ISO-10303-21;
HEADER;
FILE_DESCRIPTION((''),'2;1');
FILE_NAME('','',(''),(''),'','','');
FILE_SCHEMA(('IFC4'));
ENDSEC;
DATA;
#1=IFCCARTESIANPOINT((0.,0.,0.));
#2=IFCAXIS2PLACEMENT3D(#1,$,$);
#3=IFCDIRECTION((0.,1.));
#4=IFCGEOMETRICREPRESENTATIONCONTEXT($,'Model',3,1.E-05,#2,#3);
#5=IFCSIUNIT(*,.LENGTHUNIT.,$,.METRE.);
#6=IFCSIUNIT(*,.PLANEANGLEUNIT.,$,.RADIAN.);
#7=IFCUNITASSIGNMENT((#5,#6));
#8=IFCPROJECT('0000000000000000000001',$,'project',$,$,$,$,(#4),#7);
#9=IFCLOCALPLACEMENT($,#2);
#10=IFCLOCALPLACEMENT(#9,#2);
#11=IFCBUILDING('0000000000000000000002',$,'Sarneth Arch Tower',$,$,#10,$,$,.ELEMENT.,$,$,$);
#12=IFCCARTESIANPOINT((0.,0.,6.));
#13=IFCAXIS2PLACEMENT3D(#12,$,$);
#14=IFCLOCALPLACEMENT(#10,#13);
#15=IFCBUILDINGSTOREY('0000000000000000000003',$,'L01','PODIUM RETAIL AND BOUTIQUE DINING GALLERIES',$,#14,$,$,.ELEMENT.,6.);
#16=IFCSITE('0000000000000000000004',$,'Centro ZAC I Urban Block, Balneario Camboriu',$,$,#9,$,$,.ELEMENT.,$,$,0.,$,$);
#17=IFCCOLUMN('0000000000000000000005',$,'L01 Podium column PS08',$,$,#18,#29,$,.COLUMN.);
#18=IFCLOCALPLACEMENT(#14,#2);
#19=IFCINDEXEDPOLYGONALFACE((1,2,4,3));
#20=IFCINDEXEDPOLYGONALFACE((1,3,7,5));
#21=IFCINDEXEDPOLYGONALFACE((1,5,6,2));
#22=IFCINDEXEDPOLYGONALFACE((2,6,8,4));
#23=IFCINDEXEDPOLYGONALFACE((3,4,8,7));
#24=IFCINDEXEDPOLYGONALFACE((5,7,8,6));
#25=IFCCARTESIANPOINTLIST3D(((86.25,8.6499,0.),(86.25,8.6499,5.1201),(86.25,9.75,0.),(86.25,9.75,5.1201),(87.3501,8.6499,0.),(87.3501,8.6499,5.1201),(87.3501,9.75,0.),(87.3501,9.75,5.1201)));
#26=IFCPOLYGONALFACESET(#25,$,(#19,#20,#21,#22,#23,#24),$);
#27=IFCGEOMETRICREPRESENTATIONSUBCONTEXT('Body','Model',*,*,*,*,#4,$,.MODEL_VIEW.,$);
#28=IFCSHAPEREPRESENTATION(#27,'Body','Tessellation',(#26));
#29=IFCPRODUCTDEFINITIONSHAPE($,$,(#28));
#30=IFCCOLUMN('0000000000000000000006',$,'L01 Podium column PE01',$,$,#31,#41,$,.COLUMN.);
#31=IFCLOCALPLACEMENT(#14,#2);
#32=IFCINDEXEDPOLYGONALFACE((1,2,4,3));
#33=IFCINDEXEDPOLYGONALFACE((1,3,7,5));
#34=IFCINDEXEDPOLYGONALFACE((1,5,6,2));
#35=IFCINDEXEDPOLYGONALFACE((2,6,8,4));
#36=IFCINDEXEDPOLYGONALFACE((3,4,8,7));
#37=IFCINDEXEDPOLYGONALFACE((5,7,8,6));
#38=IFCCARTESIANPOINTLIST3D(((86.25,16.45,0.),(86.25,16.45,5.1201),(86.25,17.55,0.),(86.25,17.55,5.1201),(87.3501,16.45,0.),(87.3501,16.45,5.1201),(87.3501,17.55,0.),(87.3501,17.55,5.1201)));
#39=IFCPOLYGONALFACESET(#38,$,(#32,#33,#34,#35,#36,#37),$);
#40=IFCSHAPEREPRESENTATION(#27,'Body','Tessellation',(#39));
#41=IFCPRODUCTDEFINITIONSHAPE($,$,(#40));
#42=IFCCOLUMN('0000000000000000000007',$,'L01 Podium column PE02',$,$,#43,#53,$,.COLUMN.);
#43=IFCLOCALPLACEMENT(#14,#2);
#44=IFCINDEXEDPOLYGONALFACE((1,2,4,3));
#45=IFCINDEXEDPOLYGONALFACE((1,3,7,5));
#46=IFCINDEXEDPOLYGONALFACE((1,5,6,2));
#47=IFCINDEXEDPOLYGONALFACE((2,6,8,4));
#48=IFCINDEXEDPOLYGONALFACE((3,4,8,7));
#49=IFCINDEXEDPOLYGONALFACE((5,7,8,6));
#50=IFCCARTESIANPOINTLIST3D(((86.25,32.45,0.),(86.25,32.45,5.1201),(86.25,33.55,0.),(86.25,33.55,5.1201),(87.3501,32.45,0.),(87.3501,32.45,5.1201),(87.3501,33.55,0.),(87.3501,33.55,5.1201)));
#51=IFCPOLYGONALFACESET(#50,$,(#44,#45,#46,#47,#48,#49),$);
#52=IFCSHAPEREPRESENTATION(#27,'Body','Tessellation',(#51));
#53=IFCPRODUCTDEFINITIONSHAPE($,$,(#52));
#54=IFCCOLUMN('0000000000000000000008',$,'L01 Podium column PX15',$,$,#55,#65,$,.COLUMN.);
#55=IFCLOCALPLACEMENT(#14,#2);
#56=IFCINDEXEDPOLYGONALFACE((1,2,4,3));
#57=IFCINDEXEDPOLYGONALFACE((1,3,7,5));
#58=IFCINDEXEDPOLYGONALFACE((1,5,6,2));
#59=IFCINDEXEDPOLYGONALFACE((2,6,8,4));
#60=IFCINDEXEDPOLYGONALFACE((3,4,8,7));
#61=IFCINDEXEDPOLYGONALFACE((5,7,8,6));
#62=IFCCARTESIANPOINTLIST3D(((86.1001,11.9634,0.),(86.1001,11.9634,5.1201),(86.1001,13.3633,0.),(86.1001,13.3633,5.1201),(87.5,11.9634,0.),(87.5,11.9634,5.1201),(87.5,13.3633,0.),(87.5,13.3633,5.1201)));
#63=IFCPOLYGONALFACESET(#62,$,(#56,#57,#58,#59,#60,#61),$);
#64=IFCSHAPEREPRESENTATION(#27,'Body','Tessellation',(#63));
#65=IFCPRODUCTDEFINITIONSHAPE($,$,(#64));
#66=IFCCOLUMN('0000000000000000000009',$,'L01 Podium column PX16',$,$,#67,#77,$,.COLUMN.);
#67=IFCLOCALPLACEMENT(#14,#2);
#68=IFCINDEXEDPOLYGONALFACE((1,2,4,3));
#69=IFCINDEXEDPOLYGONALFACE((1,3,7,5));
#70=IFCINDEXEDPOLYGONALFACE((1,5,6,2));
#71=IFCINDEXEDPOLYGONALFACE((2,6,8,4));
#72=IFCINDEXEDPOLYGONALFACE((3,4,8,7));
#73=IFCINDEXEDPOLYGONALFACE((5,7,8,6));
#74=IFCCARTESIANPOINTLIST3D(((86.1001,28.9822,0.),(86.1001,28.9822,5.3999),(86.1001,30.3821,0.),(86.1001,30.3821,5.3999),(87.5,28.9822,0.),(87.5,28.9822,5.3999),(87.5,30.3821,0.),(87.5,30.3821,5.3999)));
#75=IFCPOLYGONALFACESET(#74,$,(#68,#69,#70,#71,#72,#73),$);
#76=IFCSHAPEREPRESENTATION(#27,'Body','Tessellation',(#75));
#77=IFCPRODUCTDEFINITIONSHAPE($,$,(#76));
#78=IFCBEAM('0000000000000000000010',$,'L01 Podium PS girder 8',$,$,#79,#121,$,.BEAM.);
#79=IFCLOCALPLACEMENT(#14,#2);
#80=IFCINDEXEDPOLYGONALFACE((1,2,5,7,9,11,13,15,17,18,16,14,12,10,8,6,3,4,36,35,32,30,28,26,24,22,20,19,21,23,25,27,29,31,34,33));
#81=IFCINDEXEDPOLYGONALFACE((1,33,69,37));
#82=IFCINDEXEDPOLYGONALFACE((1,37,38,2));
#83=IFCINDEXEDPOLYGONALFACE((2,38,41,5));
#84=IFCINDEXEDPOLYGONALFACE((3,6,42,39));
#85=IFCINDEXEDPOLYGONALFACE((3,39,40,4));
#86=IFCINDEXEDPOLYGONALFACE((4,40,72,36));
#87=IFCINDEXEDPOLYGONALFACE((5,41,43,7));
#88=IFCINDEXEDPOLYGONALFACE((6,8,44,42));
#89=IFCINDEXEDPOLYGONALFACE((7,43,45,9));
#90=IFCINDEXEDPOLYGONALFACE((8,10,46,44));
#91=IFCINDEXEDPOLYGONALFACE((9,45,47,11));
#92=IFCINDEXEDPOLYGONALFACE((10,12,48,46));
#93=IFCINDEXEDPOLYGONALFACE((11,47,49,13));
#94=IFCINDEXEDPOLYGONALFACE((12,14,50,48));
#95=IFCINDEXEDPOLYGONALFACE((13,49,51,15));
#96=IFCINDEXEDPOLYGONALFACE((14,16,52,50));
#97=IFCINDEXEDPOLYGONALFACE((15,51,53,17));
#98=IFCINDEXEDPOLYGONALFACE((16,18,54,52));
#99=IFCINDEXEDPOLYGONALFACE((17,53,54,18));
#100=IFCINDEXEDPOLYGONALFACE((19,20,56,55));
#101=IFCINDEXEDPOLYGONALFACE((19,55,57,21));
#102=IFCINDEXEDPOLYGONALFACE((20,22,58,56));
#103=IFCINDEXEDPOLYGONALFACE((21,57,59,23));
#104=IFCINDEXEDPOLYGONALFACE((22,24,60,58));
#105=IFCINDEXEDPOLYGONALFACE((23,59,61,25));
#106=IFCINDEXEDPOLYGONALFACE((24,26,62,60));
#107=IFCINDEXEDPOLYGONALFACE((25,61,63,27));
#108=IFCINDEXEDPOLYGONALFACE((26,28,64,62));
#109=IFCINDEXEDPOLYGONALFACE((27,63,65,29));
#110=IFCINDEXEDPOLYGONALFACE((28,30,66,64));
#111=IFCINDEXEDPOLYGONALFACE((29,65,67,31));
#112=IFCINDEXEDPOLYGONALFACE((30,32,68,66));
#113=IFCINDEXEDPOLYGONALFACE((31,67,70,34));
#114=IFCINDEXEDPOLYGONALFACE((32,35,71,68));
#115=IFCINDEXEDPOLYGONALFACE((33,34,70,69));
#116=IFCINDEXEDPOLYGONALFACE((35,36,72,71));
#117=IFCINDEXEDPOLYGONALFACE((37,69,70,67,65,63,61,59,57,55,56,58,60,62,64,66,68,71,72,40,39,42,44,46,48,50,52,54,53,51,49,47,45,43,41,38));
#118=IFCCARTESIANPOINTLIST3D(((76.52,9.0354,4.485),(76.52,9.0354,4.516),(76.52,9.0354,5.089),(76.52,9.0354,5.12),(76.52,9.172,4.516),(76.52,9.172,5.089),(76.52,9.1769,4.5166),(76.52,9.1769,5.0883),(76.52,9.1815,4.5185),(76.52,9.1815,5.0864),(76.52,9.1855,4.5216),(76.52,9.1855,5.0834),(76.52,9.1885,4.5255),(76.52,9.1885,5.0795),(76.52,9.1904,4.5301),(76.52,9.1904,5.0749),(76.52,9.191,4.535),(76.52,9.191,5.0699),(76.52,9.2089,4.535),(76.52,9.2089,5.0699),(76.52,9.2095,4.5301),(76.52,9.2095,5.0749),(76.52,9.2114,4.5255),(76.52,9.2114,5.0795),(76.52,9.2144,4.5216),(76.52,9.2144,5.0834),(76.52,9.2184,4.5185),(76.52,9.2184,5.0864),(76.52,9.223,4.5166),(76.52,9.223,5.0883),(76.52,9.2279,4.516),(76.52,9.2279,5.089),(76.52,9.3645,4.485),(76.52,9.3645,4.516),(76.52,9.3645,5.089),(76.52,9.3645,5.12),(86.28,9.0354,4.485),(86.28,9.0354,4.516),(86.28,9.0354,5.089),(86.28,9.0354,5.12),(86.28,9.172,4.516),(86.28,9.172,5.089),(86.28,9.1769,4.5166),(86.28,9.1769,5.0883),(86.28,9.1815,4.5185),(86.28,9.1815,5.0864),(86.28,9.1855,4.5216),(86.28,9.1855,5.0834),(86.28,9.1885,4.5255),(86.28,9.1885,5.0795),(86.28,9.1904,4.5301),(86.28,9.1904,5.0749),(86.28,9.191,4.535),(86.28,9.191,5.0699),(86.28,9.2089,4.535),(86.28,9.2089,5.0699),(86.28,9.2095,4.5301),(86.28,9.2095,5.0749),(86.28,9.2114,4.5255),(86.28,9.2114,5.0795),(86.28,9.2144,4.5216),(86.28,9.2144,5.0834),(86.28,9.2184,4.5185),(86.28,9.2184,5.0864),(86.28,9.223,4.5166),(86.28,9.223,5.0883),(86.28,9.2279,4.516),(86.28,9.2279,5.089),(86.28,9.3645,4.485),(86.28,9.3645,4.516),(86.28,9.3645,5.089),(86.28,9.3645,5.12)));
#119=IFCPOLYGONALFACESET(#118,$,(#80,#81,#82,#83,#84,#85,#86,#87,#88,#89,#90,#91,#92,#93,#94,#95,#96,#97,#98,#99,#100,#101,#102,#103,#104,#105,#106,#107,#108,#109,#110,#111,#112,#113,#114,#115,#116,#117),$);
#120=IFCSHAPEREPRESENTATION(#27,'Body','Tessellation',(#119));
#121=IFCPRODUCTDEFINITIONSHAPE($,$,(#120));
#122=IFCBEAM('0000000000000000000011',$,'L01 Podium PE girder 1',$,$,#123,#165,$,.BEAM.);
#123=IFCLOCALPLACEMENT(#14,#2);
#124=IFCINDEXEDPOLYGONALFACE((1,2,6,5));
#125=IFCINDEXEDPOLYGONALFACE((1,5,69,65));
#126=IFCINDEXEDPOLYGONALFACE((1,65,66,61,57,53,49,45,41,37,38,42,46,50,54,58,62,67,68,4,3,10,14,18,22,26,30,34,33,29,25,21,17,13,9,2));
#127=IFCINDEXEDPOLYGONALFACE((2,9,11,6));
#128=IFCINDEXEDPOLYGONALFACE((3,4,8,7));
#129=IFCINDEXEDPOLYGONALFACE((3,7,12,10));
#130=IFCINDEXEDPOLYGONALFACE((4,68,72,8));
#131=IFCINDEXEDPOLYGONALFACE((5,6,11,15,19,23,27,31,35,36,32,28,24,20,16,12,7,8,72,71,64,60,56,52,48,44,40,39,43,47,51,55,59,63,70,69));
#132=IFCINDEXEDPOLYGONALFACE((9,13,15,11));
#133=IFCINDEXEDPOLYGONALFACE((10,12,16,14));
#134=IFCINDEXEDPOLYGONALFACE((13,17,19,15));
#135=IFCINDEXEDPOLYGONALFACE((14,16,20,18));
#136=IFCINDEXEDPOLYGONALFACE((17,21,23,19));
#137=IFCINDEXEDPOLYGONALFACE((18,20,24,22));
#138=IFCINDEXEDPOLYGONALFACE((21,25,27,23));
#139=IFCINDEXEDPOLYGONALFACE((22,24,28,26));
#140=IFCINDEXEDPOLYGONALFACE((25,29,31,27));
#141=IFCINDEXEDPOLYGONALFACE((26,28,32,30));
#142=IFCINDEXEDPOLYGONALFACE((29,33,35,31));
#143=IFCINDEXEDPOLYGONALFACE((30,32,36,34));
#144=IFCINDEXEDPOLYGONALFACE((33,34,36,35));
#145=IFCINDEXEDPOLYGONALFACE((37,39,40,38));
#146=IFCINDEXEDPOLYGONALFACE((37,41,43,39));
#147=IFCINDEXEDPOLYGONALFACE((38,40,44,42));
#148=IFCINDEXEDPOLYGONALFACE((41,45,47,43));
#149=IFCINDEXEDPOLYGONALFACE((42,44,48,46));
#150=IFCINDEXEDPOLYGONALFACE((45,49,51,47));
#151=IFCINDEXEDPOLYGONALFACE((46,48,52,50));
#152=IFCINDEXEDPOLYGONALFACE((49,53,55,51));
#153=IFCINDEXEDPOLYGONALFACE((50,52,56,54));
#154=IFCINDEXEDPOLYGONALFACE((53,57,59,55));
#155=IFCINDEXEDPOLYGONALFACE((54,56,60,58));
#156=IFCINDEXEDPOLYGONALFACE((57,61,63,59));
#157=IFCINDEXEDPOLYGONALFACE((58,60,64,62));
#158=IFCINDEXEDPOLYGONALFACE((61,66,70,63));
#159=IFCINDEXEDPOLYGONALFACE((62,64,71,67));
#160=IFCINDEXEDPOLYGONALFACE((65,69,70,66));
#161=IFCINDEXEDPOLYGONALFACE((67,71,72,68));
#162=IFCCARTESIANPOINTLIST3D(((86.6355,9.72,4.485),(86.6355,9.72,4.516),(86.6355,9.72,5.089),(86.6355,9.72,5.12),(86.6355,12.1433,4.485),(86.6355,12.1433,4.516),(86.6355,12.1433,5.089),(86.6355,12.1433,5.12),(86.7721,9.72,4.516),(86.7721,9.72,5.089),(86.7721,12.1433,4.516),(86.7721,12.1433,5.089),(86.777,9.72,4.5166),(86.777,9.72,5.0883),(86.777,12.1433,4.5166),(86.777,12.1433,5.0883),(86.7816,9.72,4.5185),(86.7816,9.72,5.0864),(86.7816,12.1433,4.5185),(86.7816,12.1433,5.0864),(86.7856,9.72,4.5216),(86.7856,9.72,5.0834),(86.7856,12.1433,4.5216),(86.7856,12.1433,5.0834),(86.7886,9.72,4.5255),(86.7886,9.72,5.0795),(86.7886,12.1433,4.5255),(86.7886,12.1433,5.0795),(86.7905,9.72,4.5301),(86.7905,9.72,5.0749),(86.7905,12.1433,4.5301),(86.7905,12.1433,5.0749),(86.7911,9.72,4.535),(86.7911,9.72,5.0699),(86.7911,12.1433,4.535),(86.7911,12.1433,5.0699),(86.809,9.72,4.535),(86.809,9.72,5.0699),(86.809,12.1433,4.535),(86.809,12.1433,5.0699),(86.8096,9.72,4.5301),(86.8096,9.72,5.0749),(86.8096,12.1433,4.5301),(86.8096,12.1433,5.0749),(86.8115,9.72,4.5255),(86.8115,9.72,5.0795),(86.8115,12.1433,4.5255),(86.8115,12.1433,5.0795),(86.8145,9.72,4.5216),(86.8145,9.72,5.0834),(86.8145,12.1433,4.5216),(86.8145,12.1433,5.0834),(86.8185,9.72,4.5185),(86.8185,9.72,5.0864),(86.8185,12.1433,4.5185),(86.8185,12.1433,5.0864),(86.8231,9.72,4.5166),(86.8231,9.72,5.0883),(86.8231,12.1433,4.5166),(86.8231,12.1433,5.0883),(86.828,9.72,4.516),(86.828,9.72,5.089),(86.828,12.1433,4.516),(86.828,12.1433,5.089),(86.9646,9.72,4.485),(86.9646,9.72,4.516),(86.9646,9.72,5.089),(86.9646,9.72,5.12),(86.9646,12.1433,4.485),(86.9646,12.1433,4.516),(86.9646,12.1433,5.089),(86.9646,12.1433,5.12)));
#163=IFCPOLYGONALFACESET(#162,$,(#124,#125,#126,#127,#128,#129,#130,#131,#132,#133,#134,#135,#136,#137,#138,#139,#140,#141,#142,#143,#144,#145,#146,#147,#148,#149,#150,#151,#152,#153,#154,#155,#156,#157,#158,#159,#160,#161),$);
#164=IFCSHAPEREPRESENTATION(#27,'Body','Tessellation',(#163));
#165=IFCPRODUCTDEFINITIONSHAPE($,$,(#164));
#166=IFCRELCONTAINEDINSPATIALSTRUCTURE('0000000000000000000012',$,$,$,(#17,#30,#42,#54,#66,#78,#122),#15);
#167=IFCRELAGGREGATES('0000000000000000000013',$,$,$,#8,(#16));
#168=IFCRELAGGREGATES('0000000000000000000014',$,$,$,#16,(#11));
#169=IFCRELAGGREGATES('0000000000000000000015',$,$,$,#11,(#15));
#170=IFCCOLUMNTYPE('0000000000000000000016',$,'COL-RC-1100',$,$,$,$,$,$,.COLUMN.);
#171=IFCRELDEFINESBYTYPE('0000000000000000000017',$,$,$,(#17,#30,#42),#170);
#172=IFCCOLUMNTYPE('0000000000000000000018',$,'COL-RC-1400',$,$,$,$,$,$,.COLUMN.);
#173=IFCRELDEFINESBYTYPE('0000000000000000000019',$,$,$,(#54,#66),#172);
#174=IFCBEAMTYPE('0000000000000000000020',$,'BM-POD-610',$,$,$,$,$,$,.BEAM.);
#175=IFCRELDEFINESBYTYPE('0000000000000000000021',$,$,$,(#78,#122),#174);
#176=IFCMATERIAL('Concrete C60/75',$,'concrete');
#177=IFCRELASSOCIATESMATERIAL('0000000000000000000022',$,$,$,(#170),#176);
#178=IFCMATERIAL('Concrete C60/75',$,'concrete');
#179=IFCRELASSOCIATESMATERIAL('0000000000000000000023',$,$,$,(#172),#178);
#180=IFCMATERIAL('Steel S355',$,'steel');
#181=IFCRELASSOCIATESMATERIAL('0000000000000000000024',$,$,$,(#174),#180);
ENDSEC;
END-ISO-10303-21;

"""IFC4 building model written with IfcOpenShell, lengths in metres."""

from ifc_helpers import new_model, si_unit, direction, frame, origin, origin_2d, place, context, subcontext, project, spatial, rectangle, i_section, extrude, material, material_profile, profile_set, type_object, element, save


model = new_model("IFC4")

# Units and contexts
model_context = context("Model", 3, precision=1e-05, world=origin(), true_north=direction((0.0, 1.0)))
body_context = subcontext(model_context, "Body", "Model", "MODEL_VIEW")
ifc_project = project(units=[si_unit("LENGTHUNIT", "METRE"), si_unit("PLANEANGLEUNIT", "RADIAN")], contexts=[model_context])

# Site, building, storey
site_placement = place(None, origin())
site = spatial("IfcSite", under=ifc_project, at=site_placement, Name="Centro ZAC I Urban Block, Balneario Camboriu", CompositionType="ELEMENT", RefElevation=0.0)
building_placement = place(site_placement, origin())
building = spatial("IfcBuilding", under=site, at=building_placement, Name="Sarneth Arch Tower", CompositionType="ELEMENT")
storey_placement = place(building_placement, frame((0.0, 0.0, 6.0)))
storey = spatial("IfcBuildingStorey", under=building, at=storey_placement, Name="L01", Description="PODIUM RETAIL AND BOUTIQUE DINING GALLERIES", CompositionType="ELEMENT", Elevation=6.0)

# Columns
ifc_material_1 = material(Name="Concrete C60/75", Category="concrete")
ifc_material_profile_1 = material_profile(ifc_material_1, rectangle(XDim=1.1001, YDim=1.1001, at=origin_2d()), Name="RC-1100x1100")
ifc_profile_set_1 = profile_set([ifc_material_profile_1], Name="Concrete C60/75")
column_type_1 = type_object("IfcColumnType", Name="COL-RC-1100", PredefinedType="COLUMN", material=ifc_profile_set_1)
for number, where, z_axis, x_axis, name in (
    (1, (86.8, 9.2, 0.0), (0.0, 0.0, 1.0), (1.0, 0.0, 0.0), "L01 Podium column PS08"),
    (2, (86.8, 17.0, 0.0), (0.0, 0.0, 1.0), (1.0, 0.0, 0.0), "L01 Podium column PE01"),
    (3, (86.8, 33.0, 0.0), (0.0, 0.0, 1.0), (1.0, 0.0, 0.0), "L01 Podium column PE02"),
):
    element("IfcColumn", number, at=place(storey_placement, frame(where, z_axis=z_axis, x_axis=x_axis)), inside=storey, type_object=column_type_1, Name=name, PredefinedType="COLUMN", context=body_context, shape_type="SweptSolid", body=[
        extrude(rectangle(XDim=1.1001, YDim=1.1001, at=origin_2d()), origin(), (0.0, 0.0, 1.0), 5.1201),
    ])
ifc_material_2 = material(Name="Concrete C60/75", Category="concrete")
ifc_material_profile_2 = material_profile(ifc_material_2, rectangle(XDim=1.3999, YDim=1.3999, at=origin_2d()), Name="RC-1400x1400")
ifc_profile_set_2 = profile_set([ifc_material_profile_2], Name="Concrete C60/75")
column_type_2 = type_object("IfcColumnType", Name="COL-RC-1400", PredefinedType="COLUMN", material=ifc_profile_set_2)
column_1_placement = place(storey_placement, frame((86.8, 12.6633, 0.0), z_axis=(0.0, 0.0, 1.0), x_axis=(1.0, 0.0, 0.0)))
element("IfcColumn", 4, at=column_1_placement, inside=storey, type_object=column_type_2, Name="L01 Podium column PX15", PredefinedType="COLUMN", context=body_context, shape_type="SweptSolid", body=[
    extrude(rectangle(XDim=1.3999, YDim=1.3999, at=origin_2d()), origin(), (0.0, 0.0, 1.0), 5.1201),
])
column_2_placement = place(storey_placement, frame((86.8, 29.6821, 0.0), z_axis=(0.0, 0.0, 1.0), x_axis=(1.0, 0.0, 0.0)))
element("IfcColumn", 5, at=column_2_placement, inside=storey, type_object=column_type_2, Name="L01 Podium column PX16", PredefinedType="COLUMN", context=body_context, shape_type="SweptSolid", body=[
    extrude(rectangle(XDim=1.3999, YDim=1.3999, at=origin_2d()), origin(), (0.0, 0.0, 1.0), 5.3999),
])

# Beams
ifc_material_3 = material(Name="Steel S355", Category="steel")
ifc_material_profile_3 = material_profile(ifc_material_3, i_section(OverallWidth=0.3291, OverallDepth=0.635, WebThickness=0.0178, FlangeThickness=0.031, FilletRadius=0.019, at=origin_2d()), Name="W610x241")
ifc_profile_set_3 = profile_set([ifc_material_profile_3], Name="Steel S355")
beam_type = type_object("IfcBeamType", Name="BM-POD-610", PredefinedType="BEAM", material=ifc_profile_set_3)
beam_1_placement = place(storey_placement, frame((76.52, 9.2, 4.8025), z_axis=(1.0, 0.0, 0.0), x_axis=(0.0, 1.0, 0.0)))
element("IfcBeam", 6, at=beam_1_placement, inside=storey, type_object=beam_type, Name="L01 Podium PS girder 8", PredefinedType="BEAM", context=body_context, shape_type="SweptSolid", body=[
    extrude(i_section(OverallWidth=0.3291, OverallDepth=0.635, WebThickness=0.0178, FlangeThickness=0.031, FilletRadius=0.019, at=origin_2d()), origin(), (0.0, 0.0, 1.0), 9.76),
])
beam_2_placement = place(storey_placement, frame((86.8, 9.72, 4.8025), z_axis=(0.0, 1.0, 0.0), x_axis=(-1.0, 0.0, 0.0)))
element("IfcBeam", 7, at=beam_2_placement, inside=storey, type_object=beam_type, Name="L01 Podium PE girder 1", PredefinedType="BEAM", context=body_context, shape_type="SweptSolid", body=[
    extrude(i_section(OverallWidth=0.3291, OverallDepth=0.635, WebThickness=0.0178, FlangeThickness=0.031, FilletRadius=0.019, at=origin_2d()), origin(), (0.0, 0.0, 1.0), 2.4233),
])

save(model, "model.ifc")
